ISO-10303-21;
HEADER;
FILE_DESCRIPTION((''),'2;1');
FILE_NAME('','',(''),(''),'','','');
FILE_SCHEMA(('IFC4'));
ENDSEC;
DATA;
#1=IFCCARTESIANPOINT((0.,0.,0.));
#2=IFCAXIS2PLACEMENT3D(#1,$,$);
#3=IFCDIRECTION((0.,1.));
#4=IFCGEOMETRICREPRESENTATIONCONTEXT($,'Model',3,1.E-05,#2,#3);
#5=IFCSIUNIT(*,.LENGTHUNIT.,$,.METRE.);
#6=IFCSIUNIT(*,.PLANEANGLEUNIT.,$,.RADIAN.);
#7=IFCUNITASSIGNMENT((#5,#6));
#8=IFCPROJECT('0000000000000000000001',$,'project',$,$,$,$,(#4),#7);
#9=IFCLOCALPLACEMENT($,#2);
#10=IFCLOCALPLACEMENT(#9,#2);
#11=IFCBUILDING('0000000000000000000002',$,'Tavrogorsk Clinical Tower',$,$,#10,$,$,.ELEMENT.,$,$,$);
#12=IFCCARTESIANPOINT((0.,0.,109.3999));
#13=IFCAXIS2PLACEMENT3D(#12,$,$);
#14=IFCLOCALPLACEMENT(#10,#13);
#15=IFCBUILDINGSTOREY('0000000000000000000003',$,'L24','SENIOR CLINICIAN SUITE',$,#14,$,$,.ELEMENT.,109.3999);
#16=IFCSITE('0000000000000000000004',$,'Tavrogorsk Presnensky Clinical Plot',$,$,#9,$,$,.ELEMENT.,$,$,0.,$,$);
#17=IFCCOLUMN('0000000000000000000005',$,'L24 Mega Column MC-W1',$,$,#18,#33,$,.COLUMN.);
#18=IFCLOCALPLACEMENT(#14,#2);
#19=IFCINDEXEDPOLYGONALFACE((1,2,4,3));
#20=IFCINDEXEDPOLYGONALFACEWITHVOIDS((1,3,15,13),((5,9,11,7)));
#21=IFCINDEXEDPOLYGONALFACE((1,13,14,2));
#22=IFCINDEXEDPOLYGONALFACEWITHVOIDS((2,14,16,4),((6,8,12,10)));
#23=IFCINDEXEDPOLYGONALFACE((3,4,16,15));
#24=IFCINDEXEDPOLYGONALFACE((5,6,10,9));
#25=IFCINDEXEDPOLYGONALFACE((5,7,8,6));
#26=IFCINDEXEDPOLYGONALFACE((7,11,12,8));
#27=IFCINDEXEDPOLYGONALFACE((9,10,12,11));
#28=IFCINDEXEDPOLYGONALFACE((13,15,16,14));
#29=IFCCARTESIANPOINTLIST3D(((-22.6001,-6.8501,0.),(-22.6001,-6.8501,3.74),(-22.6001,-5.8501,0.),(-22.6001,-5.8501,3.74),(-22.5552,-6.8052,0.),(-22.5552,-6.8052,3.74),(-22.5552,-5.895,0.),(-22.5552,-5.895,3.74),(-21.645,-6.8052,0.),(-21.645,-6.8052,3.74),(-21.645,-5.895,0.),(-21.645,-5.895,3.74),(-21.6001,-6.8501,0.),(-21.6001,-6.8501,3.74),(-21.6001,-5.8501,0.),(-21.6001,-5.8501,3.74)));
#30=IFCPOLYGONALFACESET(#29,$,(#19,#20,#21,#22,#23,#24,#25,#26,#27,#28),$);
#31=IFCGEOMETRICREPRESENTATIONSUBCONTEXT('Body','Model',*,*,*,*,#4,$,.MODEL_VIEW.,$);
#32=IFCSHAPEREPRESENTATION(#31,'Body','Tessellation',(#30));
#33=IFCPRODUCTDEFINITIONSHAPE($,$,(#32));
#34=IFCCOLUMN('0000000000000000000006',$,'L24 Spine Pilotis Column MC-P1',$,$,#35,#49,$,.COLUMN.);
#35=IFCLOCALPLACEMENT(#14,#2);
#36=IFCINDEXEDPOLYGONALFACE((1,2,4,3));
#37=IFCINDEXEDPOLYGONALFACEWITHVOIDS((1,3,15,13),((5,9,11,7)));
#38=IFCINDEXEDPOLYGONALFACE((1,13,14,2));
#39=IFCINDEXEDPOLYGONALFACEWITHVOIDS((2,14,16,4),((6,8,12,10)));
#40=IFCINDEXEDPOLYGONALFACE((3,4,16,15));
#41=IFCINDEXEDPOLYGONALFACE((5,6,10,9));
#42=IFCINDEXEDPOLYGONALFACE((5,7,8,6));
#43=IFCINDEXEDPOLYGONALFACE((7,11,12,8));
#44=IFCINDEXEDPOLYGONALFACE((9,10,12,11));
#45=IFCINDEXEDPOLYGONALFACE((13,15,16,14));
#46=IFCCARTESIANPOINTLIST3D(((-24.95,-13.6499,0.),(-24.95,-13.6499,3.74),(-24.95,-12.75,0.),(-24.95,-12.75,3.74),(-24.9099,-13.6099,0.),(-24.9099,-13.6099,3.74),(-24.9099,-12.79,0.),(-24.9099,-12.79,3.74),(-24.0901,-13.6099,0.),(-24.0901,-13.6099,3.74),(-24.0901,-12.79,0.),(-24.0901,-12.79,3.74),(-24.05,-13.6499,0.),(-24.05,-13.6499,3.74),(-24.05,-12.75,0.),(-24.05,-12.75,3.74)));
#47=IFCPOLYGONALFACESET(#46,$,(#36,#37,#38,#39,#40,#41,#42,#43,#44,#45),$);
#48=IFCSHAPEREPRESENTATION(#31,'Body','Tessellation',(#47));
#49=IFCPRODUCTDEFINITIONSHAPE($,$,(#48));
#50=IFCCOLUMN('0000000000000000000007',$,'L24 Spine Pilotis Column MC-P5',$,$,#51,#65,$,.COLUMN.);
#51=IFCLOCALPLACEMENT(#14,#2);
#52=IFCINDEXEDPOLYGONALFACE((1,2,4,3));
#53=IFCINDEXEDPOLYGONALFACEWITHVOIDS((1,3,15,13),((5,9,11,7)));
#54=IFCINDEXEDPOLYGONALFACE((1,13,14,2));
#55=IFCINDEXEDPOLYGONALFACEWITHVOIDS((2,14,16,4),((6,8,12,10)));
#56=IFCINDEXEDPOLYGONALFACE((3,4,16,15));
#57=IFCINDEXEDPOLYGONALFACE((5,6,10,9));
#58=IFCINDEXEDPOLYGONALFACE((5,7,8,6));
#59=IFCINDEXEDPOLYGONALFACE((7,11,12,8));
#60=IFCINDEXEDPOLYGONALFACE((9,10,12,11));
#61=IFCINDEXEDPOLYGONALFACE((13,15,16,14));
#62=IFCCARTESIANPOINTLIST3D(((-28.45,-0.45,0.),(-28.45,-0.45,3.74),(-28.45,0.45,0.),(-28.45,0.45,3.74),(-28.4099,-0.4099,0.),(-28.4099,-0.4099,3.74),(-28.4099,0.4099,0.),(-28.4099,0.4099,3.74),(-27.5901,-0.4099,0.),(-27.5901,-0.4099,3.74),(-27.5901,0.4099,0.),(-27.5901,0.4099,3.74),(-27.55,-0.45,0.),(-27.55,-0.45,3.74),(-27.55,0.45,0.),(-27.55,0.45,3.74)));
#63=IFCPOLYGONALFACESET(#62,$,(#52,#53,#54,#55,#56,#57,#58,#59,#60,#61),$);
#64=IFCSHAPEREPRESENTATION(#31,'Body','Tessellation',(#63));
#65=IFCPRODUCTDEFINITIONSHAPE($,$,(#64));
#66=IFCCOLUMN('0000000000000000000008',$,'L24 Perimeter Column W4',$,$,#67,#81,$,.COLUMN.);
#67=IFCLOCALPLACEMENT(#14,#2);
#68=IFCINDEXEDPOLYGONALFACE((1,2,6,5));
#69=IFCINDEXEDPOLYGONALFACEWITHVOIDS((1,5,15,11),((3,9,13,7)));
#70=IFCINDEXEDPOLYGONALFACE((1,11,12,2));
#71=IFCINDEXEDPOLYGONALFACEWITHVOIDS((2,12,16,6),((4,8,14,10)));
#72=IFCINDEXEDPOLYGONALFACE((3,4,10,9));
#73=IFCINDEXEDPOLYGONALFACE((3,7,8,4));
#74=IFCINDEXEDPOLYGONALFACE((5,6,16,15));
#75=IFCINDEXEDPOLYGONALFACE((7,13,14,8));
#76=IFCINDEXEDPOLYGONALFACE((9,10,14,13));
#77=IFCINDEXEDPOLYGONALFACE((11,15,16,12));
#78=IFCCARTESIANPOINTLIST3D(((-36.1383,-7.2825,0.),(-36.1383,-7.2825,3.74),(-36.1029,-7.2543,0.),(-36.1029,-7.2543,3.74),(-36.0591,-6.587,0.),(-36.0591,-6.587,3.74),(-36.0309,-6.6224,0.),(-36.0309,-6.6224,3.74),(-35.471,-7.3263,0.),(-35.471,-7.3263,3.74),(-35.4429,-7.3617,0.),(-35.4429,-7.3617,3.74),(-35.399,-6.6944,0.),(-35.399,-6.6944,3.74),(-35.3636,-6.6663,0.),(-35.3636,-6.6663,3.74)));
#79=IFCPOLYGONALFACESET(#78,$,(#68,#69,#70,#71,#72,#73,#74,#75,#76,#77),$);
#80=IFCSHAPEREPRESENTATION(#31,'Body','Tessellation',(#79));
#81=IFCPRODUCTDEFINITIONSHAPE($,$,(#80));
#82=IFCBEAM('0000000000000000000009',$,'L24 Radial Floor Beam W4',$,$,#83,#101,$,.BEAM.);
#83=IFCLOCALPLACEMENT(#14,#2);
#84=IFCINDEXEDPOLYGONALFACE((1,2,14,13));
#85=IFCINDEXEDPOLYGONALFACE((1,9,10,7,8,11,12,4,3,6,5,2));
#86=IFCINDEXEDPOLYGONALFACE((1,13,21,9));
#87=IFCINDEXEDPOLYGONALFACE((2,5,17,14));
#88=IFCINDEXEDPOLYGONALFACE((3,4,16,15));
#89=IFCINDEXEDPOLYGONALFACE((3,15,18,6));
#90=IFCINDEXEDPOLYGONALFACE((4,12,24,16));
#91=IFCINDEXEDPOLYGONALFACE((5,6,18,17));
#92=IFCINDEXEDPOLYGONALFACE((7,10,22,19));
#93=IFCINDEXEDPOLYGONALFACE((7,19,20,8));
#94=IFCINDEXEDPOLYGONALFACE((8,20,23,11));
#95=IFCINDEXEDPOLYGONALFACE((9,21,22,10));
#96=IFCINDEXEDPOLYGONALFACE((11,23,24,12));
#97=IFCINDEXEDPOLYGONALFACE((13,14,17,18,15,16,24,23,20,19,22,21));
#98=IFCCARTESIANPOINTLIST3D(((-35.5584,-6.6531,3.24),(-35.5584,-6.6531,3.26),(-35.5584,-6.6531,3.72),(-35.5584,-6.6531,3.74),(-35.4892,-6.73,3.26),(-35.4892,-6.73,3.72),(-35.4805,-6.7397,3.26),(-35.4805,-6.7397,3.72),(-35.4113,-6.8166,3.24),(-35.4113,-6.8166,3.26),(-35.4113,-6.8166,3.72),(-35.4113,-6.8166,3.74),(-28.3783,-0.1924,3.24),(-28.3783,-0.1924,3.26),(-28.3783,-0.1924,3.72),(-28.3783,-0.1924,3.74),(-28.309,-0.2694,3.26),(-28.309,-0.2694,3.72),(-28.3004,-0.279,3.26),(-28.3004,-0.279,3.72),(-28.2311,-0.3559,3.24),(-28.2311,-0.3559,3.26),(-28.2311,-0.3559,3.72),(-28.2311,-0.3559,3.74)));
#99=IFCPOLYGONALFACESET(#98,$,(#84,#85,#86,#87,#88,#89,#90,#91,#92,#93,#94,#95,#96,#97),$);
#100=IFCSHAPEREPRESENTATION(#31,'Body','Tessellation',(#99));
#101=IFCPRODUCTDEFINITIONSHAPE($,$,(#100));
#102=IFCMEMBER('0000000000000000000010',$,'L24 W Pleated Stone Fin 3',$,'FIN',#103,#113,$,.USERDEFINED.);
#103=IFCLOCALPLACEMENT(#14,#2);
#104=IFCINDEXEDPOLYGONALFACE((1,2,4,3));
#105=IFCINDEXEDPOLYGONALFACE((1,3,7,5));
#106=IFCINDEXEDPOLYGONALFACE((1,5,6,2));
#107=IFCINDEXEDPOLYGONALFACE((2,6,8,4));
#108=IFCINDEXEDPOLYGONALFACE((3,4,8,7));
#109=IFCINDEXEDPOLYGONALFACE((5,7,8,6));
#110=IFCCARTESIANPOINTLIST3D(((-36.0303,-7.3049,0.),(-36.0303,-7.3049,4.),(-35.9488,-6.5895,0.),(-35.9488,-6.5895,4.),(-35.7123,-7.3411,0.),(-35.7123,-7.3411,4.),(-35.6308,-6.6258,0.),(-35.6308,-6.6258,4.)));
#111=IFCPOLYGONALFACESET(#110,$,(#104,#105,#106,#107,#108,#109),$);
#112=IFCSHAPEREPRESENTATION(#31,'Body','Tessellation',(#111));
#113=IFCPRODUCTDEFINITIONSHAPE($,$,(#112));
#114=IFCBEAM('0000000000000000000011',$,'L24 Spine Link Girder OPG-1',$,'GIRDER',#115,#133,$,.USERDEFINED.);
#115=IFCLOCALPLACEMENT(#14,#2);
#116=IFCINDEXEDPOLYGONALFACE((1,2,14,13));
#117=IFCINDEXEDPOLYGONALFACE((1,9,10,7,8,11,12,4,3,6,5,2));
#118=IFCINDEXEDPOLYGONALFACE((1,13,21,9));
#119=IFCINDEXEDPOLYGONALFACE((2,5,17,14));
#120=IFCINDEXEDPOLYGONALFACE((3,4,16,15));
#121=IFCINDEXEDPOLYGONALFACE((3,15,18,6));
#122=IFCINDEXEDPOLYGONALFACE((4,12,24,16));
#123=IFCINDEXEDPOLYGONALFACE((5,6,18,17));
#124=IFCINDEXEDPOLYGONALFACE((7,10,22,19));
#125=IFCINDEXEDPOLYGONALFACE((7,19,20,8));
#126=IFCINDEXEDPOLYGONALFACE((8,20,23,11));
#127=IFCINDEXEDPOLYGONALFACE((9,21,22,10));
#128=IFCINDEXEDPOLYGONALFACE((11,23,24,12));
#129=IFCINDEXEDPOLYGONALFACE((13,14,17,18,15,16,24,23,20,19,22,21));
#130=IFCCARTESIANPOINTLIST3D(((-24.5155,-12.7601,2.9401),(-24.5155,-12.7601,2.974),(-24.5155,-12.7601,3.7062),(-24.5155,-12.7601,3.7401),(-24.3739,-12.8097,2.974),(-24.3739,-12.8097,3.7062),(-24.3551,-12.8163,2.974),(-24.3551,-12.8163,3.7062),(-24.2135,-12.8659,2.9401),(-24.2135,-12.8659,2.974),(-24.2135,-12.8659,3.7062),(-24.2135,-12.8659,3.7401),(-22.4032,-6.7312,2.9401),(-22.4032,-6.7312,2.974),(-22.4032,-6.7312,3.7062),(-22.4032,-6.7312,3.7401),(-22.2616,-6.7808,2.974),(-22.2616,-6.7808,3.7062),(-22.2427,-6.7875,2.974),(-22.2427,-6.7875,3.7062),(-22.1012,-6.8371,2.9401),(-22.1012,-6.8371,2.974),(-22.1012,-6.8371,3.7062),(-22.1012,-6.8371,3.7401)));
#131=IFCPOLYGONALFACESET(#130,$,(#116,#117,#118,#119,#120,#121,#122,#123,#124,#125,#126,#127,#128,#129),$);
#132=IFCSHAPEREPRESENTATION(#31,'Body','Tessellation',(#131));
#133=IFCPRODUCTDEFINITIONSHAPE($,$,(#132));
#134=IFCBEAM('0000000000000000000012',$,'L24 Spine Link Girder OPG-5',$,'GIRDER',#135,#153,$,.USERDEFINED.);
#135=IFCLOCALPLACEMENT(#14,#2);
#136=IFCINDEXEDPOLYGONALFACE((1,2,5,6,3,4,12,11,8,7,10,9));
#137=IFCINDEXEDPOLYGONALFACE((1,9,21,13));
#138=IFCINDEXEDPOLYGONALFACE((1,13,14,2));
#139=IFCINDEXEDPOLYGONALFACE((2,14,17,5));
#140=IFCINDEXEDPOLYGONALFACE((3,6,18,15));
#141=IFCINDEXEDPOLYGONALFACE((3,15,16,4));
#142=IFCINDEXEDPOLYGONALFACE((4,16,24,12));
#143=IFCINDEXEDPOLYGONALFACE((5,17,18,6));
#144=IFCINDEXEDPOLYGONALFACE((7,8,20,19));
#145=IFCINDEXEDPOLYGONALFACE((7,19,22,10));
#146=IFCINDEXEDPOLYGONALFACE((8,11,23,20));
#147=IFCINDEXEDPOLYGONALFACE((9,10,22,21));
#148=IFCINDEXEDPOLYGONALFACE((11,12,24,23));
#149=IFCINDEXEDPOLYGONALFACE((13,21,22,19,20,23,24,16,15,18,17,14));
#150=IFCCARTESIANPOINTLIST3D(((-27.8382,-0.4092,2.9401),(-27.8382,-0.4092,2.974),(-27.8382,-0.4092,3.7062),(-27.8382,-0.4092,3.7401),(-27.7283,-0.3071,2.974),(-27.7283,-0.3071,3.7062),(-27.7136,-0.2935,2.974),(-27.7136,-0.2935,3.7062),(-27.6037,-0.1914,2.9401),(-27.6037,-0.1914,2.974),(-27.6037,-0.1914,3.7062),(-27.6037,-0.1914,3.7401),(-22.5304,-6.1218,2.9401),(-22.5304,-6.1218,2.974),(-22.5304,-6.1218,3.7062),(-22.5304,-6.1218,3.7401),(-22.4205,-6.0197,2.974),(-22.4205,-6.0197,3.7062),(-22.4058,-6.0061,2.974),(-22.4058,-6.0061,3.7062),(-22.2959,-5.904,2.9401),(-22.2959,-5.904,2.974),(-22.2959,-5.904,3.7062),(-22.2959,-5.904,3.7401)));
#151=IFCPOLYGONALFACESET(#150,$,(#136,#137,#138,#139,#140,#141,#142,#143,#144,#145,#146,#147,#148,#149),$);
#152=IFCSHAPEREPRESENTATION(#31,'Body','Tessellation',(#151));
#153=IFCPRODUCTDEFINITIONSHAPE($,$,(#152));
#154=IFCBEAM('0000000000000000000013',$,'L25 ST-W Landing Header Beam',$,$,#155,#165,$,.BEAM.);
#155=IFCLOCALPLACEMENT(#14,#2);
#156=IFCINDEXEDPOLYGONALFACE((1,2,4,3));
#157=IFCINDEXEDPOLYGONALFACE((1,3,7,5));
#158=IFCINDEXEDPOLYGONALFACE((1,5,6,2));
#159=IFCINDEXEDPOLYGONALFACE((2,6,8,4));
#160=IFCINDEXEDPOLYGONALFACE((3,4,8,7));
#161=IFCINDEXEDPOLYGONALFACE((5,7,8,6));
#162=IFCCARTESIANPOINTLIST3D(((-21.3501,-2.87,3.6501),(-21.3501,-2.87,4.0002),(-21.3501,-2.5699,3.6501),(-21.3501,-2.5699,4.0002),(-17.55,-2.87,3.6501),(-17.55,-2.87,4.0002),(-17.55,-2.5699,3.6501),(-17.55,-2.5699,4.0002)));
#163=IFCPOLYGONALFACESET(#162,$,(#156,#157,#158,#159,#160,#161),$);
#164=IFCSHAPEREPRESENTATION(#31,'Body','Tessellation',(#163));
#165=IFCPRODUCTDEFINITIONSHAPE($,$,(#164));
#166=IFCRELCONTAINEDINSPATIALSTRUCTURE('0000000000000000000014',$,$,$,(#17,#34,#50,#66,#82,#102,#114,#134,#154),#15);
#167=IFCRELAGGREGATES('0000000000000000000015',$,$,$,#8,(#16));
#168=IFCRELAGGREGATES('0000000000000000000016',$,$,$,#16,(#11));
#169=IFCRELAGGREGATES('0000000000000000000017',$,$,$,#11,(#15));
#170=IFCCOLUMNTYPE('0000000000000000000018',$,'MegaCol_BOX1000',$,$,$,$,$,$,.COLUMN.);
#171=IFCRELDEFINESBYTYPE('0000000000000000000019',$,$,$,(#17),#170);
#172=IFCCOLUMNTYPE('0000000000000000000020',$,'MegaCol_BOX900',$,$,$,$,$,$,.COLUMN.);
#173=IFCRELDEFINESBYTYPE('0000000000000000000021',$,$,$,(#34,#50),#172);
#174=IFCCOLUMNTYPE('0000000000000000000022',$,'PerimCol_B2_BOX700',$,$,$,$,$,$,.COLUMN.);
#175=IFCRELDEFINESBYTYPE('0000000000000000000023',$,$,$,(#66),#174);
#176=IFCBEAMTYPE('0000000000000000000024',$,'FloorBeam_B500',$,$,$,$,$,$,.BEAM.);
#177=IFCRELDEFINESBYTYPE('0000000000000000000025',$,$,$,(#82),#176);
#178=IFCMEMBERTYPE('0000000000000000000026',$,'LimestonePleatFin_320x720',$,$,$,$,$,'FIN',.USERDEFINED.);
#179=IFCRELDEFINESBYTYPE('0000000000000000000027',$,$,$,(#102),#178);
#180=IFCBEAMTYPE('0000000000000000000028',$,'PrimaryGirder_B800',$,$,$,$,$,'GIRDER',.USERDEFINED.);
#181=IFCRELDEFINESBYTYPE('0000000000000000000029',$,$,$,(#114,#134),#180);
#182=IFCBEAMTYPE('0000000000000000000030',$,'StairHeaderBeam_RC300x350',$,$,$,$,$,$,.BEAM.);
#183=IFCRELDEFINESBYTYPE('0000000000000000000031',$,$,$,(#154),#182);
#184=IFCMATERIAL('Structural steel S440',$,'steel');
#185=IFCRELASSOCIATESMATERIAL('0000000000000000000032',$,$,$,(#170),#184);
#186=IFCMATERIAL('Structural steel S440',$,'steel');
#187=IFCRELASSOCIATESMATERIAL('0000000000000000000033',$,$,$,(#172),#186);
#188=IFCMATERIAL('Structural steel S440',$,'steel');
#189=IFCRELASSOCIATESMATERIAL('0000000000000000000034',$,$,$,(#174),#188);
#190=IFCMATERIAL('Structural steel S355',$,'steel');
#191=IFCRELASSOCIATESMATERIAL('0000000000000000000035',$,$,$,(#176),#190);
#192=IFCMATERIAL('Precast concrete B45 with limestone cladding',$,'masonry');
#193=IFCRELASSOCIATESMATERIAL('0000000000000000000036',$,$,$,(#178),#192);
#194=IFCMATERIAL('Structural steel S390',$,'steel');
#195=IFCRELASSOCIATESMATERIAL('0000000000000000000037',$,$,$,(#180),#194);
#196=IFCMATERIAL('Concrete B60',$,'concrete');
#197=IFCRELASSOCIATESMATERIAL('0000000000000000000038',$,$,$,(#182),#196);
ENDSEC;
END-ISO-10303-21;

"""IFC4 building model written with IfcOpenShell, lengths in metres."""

from ifc_helpers import new_model, si_unit, direction, frame, origin, origin_2d, place, context, subcontext, project, spatial, rectangle, hollow_rectangle, i_section, extrude, material, material_profile, profile_set, type_object, element, save


model = new_model("IFC4")

# Units and contexts
model_context = context("Model", 3, precision=1e-05, world=origin(), true_north=direction((0.0, 1.0)))
body_context = subcontext(model_context, "Body", "Model", "MODEL_VIEW")
ifc_project = project(units=[si_unit("LENGTHUNIT", "METRE"), si_unit("PLANEANGLEUNIT", "RADIAN")], contexts=[model_context])

# Site, building, storey
site_placement = place(None, origin())
site = spatial("IfcSite", under=ifc_project, at=site_placement, Name="Tavrogorsk Presnensky Clinical Plot", CompositionType="ELEMENT", RefElevation=0.0)
building_placement = place(site_placement, origin())
building = spatial("IfcBuilding", under=site, at=building_placement, Name="Tavrogorsk Clinical Tower", CompositionType="ELEMENT")
storey_placement = place(building_placement, frame((0.0, 0.0, 109.3999)))
storey = spatial("IfcBuildingStorey", under=building, at=storey_placement, Name="L24", Description="SENIOR CLINICIAN SUITE", CompositionType="ELEMENT", Elevation=109.3999)

# Columns
ifc_material_1 = material(Name="Structural steel S440", Category="steel")
ifc_material_profile_1 = material_profile(ifc_material_1, hollow_rectangle(XDim=1.0, YDim=1.0, WallThickness=0.0449, at=origin_2d()), Name="BOX-1000x1000x45")
ifc_profile_set_1 = profile_set([ifc_material_profile_1], Name="Structural steel S440")
column_type_1 = type_object("IfcColumnType", Name="MegaCol_BOX1000", PredefinedType="COLUMN", material=ifc_profile_set_1)
column_1_placement = place(storey_placement, frame((-22.1001, -6.3501, 0.0), z_axis=(0.0, 0.0, 1.0), x_axis=(1.0, 0.0, 0.0)))
element("IfcColumn", 1, at=column_1_placement, inside=storey, type_object=column_type_1, Name="L24 Mega Column MC-W1", PredefinedType="COLUMN", context=body_context, shape_type="SweptSolid", body=[
    extrude(hollow_rectangle(XDim=1.0, YDim=1.0, WallThickness=0.0449, at=origin_2d()), origin(), (0.0, 0.0, 1.0), 3.74),
])
ifc_material_2 = material(Name="Structural steel S440", Category="steel")
ifc_material_profile_2 = material_profile(ifc_material_2, hollow_rectangle(XDim=0.8999, YDim=0.8999, WallThickness=0.04, at=origin_2d()), Name="BOX-900x900x40")
ifc_profile_set_2 = profile_set([ifc_material_profile_2], Name="Structural steel S440")
column_type_2 = type_object("IfcColumnType", Name="MegaCol_BOX900", PredefinedType="COLUMN", material=ifc_profile_set_2)
for number, where, z_axis, x_axis, name in (
    (2, (-24.5, -13.2, 0.0), (0.0, 0.0, 1.0), (1.0, 0.0, 0.0), "L24 Spine Pilotis Column MC-P1"),
    (3, (-28.0, 0.0, 0.0), (0.0, 0.0, 1.0), (1.0, 0.0, 0.0), "L24 Spine Pilotis Column MC-P5"),
):
    element("IfcColumn", number, at=place(storey_placement, frame(where, z_axis=z_axis, x_axis=x_axis)), inside=storey, type_object=column_type_2, Name=name, PredefinedType="COLUMN", context=body_context, shape_type="SweptSolid", body=[
        extrude(hollow_rectangle(XDim=0.8999, YDim=0.8999, WallThickness=0.04, at=origin_2d()), origin(), (0.0, 0.0, 1.0), 3.74),
    ])
ifc_material_3 = material(Name="Structural steel S440", Category="steel")
ifc_material_profile_3 = material_profile(ifc_material_3, hollow_rectangle(XDim=0.7, YDim=0.7, WallThickness=0.032, at=origin_2d()), Name="BOX-700x700x32")
ifc_profile_set_3 = profile_set([ifc_material_profile_3], Name="Structural steel S440")
column_type_3 = type_object("IfcColumnType", Name="PerimCol_B2_BOX700", PredefinedType="COLUMN", material=ifc_profile_set_3)
column_2_placement = place(storey_placement, frame((-35.751, -6.9744, 0.0), z_axis=(0.0, 0.0, 1.0), x_axis=(0.993572, -0.113203, 0.0)))
element("IfcColumn", 4, at=column_2_placement, inside=storey, type_object=column_type_3, Name="L24 Perimeter Column W4", PredefinedType="COLUMN", context=body_context, shape_type="SweptSolid", body=[
    extrude(hollow_rectangle(XDim=0.7, YDim=0.7, WallThickness=0.032, at=origin_2d()), origin(), (0.0, 0.0, 1.0), 3.74),
])

# Beam
ifc_material_4 = material(Name="Structural steel S355", Category="steel")
ifc_material_profile_4 = material_profile(ifc_material_4, i_section(OverallWidth=0.22, OverallDepth=0.5, WebThickness=0.0129, FlangeThickness=0.02, at=origin_2d()), Name="B-500x220x13x20")
ifc_profile_set_4 = profile_set([ifc_material_profile_4], Name="Structural steel S355")
beam_type_1 = type_object("IfcBeamType", Name="FloorBeam_B500", PredefinedType="BEAM", material=ifc_profile_set_4)
beam_1_placement = place(storey_placement, frame((-28.3047, -0.2742, 3.49), z_axis=(-0.74337, -0.668881, 0.0), x_axis=(0.668881, -0.74337, 0.0)))
element("IfcBeam", 5, at=beam_1_placement, inside=storey, type_object=beam_type_1, Name="L24 Radial Floor Beam W4", PredefinedType="BEAM", context=body_context, shape_type="SweptSolid", body=[
    extrude(i_section(OverallWidth=0.22, OverallDepth=0.5, WebThickness=0.0129, FlangeThickness=0.02, at=origin_2d()), origin(), (0.0, 0.0, 1.0), 9.6589),
])

# Member
ifc_material_5 = material(Name="Precast concrete B45 with limestone cladding", Category="masonry")
ifc_material_profile_5 = material_profile(ifc_material_5, rectangle(XDim=0.3201, YDim=0.72, at=origin_2d()), Name="LIMESTONE-FIN-320x720")
ifc_profile_set_5 = profile_set([ifc_material_profile_5], Name="Precast concrete B45 with limestone cladding")
member_type = type_object("IfcMemberType", Name="LimestonePleatFin_320x720", ElementType="FIN", PredefinedType="USERDEFINED", material=ifc_profile_set_5)
member_placement = place(storey_placement, frame((-35.8306, -6.9653, 0.0), z_axis=(0.0, 0.0, 1.0), x_axis=(0.993572, -0.113203, 0.0)))
element("IfcMember", 6, at=member_placement, inside=storey, type_object=member_type, Name="L24 W Pleated Stone Fin 3", ObjectType="FIN", PredefinedType="USERDEFINED", context=body_context, shape_type="SweptSolid", body=[
    extrude(rectangle(XDim=0.3201, YDim=0.72, at=origin_2d()), origin(), (0.0, 0.0, 1.0), 4.0),
])

# Beams
ifc_material_6 = material(Name="Structural steel S390", Category="steel")
ifc_material_profile_6 = material_profile(ifc_material_6, i_section(OverallWidth=0.3201, OverallDepth=0.8, WebThickness=0.02, FlangeThickness=0.0339, at=origin_2d()), Name="B-800x320x20x34")
ifc_profile_set_6 = profile_set([ifc_material_profile_6], Name="Structural steel S390")
beam_type_2 = type_object("IfcBeamType", Name="PrimaryGirder_B800", ElementType="GIRDER", PredefinedType="USERDEFINED", material=ifc_profile_set_6)
beam_2_placement = place(storey_placement, frame((-24.3645, -12.813, 3.3401), z_axis=(0.33066, 0.94375, 0.0), x_axis=(-0.94375, 0.33066, 0.0)))
element("IfcBeam", 7, at=beam_2_placement, inside=storey, type_object=beam_type_2, Name="L24 Spine Link Girder OPG-1", ObjectType="GIRDER", PredefinedType="USERDEFINED", context=body_context, shape_type="SweptSolid", body=[
    extrude(i_section(OverallWidth=0.3201, OverallDepth=0.8, WebThickness=0.02, FlangeThickness=0.0339, at=origin_2d()), origin(), (0.0, 0.0, 1.0), 6.3882),
])
beam_3_placement = place(storey_placement, frame((-27.7209, -0.3003, 3.3401), z_axis=(0.680676, -0.732585, 0.0), x_axis=(0.732585, 0.680676, 0.0)))
element("IfcBeam", 8, at=beam_3_placement, inside=storey, type_object=beam_type_2, Name="L24 Spine Link Girder OPG-5", ObjectType="GIRDER", PredefinedType="USERDEFINED", context=body_context, shape_type="SweptSolid", body=[
    extrude(i_section(OverallWidth=0.3201, OverallDepth=0.8, WebThickness=0.02, FlangeThickness=0.0339, at=origin_2d()), origin(), (0.0, 0.0, 1.0), 7.7979),
])
ifc_material_7 = material(Name="Concrete B60", Category="concrete")
ifc_material_profile_7 = material_profile(ifc_material_7, rectangle(XDim=0.3, YDim=0.3501, at=origin_2d()), Name="RC-SHB-300x350")
ifc_profile_set_7 = profile_set([ifc_material_profile_7], Name="Concrete B60")
beam_type_3 = type_object("IfcBeamType", Name="StairHeaderBeam_RC300x350", PredefinedType="BEAM", material=ifc_profile_set_7)
beam_4_placement = place(storey_placement, frame((-21.3501, -2.72, 3.8252), z_axis=(1.0, 0.0, 0.0), x_axis=(0.0, 1.0, 0.0)))
element("IfcBeam", 9, at=beam_4_placement, inside=storey, type_object=beam_type_3, Name="L25 ST-W Landing Header Beam", PredefinedType="BEAM", context=body_context, shape_type="SweptSolid", body=[
    extrude(rectangle(XDim=0.3, YDim=0.3501, at=origin_2d()), origin(), (0.0, 0.0, 1.0), 3.8),
])

save(model, "model.ifc")
